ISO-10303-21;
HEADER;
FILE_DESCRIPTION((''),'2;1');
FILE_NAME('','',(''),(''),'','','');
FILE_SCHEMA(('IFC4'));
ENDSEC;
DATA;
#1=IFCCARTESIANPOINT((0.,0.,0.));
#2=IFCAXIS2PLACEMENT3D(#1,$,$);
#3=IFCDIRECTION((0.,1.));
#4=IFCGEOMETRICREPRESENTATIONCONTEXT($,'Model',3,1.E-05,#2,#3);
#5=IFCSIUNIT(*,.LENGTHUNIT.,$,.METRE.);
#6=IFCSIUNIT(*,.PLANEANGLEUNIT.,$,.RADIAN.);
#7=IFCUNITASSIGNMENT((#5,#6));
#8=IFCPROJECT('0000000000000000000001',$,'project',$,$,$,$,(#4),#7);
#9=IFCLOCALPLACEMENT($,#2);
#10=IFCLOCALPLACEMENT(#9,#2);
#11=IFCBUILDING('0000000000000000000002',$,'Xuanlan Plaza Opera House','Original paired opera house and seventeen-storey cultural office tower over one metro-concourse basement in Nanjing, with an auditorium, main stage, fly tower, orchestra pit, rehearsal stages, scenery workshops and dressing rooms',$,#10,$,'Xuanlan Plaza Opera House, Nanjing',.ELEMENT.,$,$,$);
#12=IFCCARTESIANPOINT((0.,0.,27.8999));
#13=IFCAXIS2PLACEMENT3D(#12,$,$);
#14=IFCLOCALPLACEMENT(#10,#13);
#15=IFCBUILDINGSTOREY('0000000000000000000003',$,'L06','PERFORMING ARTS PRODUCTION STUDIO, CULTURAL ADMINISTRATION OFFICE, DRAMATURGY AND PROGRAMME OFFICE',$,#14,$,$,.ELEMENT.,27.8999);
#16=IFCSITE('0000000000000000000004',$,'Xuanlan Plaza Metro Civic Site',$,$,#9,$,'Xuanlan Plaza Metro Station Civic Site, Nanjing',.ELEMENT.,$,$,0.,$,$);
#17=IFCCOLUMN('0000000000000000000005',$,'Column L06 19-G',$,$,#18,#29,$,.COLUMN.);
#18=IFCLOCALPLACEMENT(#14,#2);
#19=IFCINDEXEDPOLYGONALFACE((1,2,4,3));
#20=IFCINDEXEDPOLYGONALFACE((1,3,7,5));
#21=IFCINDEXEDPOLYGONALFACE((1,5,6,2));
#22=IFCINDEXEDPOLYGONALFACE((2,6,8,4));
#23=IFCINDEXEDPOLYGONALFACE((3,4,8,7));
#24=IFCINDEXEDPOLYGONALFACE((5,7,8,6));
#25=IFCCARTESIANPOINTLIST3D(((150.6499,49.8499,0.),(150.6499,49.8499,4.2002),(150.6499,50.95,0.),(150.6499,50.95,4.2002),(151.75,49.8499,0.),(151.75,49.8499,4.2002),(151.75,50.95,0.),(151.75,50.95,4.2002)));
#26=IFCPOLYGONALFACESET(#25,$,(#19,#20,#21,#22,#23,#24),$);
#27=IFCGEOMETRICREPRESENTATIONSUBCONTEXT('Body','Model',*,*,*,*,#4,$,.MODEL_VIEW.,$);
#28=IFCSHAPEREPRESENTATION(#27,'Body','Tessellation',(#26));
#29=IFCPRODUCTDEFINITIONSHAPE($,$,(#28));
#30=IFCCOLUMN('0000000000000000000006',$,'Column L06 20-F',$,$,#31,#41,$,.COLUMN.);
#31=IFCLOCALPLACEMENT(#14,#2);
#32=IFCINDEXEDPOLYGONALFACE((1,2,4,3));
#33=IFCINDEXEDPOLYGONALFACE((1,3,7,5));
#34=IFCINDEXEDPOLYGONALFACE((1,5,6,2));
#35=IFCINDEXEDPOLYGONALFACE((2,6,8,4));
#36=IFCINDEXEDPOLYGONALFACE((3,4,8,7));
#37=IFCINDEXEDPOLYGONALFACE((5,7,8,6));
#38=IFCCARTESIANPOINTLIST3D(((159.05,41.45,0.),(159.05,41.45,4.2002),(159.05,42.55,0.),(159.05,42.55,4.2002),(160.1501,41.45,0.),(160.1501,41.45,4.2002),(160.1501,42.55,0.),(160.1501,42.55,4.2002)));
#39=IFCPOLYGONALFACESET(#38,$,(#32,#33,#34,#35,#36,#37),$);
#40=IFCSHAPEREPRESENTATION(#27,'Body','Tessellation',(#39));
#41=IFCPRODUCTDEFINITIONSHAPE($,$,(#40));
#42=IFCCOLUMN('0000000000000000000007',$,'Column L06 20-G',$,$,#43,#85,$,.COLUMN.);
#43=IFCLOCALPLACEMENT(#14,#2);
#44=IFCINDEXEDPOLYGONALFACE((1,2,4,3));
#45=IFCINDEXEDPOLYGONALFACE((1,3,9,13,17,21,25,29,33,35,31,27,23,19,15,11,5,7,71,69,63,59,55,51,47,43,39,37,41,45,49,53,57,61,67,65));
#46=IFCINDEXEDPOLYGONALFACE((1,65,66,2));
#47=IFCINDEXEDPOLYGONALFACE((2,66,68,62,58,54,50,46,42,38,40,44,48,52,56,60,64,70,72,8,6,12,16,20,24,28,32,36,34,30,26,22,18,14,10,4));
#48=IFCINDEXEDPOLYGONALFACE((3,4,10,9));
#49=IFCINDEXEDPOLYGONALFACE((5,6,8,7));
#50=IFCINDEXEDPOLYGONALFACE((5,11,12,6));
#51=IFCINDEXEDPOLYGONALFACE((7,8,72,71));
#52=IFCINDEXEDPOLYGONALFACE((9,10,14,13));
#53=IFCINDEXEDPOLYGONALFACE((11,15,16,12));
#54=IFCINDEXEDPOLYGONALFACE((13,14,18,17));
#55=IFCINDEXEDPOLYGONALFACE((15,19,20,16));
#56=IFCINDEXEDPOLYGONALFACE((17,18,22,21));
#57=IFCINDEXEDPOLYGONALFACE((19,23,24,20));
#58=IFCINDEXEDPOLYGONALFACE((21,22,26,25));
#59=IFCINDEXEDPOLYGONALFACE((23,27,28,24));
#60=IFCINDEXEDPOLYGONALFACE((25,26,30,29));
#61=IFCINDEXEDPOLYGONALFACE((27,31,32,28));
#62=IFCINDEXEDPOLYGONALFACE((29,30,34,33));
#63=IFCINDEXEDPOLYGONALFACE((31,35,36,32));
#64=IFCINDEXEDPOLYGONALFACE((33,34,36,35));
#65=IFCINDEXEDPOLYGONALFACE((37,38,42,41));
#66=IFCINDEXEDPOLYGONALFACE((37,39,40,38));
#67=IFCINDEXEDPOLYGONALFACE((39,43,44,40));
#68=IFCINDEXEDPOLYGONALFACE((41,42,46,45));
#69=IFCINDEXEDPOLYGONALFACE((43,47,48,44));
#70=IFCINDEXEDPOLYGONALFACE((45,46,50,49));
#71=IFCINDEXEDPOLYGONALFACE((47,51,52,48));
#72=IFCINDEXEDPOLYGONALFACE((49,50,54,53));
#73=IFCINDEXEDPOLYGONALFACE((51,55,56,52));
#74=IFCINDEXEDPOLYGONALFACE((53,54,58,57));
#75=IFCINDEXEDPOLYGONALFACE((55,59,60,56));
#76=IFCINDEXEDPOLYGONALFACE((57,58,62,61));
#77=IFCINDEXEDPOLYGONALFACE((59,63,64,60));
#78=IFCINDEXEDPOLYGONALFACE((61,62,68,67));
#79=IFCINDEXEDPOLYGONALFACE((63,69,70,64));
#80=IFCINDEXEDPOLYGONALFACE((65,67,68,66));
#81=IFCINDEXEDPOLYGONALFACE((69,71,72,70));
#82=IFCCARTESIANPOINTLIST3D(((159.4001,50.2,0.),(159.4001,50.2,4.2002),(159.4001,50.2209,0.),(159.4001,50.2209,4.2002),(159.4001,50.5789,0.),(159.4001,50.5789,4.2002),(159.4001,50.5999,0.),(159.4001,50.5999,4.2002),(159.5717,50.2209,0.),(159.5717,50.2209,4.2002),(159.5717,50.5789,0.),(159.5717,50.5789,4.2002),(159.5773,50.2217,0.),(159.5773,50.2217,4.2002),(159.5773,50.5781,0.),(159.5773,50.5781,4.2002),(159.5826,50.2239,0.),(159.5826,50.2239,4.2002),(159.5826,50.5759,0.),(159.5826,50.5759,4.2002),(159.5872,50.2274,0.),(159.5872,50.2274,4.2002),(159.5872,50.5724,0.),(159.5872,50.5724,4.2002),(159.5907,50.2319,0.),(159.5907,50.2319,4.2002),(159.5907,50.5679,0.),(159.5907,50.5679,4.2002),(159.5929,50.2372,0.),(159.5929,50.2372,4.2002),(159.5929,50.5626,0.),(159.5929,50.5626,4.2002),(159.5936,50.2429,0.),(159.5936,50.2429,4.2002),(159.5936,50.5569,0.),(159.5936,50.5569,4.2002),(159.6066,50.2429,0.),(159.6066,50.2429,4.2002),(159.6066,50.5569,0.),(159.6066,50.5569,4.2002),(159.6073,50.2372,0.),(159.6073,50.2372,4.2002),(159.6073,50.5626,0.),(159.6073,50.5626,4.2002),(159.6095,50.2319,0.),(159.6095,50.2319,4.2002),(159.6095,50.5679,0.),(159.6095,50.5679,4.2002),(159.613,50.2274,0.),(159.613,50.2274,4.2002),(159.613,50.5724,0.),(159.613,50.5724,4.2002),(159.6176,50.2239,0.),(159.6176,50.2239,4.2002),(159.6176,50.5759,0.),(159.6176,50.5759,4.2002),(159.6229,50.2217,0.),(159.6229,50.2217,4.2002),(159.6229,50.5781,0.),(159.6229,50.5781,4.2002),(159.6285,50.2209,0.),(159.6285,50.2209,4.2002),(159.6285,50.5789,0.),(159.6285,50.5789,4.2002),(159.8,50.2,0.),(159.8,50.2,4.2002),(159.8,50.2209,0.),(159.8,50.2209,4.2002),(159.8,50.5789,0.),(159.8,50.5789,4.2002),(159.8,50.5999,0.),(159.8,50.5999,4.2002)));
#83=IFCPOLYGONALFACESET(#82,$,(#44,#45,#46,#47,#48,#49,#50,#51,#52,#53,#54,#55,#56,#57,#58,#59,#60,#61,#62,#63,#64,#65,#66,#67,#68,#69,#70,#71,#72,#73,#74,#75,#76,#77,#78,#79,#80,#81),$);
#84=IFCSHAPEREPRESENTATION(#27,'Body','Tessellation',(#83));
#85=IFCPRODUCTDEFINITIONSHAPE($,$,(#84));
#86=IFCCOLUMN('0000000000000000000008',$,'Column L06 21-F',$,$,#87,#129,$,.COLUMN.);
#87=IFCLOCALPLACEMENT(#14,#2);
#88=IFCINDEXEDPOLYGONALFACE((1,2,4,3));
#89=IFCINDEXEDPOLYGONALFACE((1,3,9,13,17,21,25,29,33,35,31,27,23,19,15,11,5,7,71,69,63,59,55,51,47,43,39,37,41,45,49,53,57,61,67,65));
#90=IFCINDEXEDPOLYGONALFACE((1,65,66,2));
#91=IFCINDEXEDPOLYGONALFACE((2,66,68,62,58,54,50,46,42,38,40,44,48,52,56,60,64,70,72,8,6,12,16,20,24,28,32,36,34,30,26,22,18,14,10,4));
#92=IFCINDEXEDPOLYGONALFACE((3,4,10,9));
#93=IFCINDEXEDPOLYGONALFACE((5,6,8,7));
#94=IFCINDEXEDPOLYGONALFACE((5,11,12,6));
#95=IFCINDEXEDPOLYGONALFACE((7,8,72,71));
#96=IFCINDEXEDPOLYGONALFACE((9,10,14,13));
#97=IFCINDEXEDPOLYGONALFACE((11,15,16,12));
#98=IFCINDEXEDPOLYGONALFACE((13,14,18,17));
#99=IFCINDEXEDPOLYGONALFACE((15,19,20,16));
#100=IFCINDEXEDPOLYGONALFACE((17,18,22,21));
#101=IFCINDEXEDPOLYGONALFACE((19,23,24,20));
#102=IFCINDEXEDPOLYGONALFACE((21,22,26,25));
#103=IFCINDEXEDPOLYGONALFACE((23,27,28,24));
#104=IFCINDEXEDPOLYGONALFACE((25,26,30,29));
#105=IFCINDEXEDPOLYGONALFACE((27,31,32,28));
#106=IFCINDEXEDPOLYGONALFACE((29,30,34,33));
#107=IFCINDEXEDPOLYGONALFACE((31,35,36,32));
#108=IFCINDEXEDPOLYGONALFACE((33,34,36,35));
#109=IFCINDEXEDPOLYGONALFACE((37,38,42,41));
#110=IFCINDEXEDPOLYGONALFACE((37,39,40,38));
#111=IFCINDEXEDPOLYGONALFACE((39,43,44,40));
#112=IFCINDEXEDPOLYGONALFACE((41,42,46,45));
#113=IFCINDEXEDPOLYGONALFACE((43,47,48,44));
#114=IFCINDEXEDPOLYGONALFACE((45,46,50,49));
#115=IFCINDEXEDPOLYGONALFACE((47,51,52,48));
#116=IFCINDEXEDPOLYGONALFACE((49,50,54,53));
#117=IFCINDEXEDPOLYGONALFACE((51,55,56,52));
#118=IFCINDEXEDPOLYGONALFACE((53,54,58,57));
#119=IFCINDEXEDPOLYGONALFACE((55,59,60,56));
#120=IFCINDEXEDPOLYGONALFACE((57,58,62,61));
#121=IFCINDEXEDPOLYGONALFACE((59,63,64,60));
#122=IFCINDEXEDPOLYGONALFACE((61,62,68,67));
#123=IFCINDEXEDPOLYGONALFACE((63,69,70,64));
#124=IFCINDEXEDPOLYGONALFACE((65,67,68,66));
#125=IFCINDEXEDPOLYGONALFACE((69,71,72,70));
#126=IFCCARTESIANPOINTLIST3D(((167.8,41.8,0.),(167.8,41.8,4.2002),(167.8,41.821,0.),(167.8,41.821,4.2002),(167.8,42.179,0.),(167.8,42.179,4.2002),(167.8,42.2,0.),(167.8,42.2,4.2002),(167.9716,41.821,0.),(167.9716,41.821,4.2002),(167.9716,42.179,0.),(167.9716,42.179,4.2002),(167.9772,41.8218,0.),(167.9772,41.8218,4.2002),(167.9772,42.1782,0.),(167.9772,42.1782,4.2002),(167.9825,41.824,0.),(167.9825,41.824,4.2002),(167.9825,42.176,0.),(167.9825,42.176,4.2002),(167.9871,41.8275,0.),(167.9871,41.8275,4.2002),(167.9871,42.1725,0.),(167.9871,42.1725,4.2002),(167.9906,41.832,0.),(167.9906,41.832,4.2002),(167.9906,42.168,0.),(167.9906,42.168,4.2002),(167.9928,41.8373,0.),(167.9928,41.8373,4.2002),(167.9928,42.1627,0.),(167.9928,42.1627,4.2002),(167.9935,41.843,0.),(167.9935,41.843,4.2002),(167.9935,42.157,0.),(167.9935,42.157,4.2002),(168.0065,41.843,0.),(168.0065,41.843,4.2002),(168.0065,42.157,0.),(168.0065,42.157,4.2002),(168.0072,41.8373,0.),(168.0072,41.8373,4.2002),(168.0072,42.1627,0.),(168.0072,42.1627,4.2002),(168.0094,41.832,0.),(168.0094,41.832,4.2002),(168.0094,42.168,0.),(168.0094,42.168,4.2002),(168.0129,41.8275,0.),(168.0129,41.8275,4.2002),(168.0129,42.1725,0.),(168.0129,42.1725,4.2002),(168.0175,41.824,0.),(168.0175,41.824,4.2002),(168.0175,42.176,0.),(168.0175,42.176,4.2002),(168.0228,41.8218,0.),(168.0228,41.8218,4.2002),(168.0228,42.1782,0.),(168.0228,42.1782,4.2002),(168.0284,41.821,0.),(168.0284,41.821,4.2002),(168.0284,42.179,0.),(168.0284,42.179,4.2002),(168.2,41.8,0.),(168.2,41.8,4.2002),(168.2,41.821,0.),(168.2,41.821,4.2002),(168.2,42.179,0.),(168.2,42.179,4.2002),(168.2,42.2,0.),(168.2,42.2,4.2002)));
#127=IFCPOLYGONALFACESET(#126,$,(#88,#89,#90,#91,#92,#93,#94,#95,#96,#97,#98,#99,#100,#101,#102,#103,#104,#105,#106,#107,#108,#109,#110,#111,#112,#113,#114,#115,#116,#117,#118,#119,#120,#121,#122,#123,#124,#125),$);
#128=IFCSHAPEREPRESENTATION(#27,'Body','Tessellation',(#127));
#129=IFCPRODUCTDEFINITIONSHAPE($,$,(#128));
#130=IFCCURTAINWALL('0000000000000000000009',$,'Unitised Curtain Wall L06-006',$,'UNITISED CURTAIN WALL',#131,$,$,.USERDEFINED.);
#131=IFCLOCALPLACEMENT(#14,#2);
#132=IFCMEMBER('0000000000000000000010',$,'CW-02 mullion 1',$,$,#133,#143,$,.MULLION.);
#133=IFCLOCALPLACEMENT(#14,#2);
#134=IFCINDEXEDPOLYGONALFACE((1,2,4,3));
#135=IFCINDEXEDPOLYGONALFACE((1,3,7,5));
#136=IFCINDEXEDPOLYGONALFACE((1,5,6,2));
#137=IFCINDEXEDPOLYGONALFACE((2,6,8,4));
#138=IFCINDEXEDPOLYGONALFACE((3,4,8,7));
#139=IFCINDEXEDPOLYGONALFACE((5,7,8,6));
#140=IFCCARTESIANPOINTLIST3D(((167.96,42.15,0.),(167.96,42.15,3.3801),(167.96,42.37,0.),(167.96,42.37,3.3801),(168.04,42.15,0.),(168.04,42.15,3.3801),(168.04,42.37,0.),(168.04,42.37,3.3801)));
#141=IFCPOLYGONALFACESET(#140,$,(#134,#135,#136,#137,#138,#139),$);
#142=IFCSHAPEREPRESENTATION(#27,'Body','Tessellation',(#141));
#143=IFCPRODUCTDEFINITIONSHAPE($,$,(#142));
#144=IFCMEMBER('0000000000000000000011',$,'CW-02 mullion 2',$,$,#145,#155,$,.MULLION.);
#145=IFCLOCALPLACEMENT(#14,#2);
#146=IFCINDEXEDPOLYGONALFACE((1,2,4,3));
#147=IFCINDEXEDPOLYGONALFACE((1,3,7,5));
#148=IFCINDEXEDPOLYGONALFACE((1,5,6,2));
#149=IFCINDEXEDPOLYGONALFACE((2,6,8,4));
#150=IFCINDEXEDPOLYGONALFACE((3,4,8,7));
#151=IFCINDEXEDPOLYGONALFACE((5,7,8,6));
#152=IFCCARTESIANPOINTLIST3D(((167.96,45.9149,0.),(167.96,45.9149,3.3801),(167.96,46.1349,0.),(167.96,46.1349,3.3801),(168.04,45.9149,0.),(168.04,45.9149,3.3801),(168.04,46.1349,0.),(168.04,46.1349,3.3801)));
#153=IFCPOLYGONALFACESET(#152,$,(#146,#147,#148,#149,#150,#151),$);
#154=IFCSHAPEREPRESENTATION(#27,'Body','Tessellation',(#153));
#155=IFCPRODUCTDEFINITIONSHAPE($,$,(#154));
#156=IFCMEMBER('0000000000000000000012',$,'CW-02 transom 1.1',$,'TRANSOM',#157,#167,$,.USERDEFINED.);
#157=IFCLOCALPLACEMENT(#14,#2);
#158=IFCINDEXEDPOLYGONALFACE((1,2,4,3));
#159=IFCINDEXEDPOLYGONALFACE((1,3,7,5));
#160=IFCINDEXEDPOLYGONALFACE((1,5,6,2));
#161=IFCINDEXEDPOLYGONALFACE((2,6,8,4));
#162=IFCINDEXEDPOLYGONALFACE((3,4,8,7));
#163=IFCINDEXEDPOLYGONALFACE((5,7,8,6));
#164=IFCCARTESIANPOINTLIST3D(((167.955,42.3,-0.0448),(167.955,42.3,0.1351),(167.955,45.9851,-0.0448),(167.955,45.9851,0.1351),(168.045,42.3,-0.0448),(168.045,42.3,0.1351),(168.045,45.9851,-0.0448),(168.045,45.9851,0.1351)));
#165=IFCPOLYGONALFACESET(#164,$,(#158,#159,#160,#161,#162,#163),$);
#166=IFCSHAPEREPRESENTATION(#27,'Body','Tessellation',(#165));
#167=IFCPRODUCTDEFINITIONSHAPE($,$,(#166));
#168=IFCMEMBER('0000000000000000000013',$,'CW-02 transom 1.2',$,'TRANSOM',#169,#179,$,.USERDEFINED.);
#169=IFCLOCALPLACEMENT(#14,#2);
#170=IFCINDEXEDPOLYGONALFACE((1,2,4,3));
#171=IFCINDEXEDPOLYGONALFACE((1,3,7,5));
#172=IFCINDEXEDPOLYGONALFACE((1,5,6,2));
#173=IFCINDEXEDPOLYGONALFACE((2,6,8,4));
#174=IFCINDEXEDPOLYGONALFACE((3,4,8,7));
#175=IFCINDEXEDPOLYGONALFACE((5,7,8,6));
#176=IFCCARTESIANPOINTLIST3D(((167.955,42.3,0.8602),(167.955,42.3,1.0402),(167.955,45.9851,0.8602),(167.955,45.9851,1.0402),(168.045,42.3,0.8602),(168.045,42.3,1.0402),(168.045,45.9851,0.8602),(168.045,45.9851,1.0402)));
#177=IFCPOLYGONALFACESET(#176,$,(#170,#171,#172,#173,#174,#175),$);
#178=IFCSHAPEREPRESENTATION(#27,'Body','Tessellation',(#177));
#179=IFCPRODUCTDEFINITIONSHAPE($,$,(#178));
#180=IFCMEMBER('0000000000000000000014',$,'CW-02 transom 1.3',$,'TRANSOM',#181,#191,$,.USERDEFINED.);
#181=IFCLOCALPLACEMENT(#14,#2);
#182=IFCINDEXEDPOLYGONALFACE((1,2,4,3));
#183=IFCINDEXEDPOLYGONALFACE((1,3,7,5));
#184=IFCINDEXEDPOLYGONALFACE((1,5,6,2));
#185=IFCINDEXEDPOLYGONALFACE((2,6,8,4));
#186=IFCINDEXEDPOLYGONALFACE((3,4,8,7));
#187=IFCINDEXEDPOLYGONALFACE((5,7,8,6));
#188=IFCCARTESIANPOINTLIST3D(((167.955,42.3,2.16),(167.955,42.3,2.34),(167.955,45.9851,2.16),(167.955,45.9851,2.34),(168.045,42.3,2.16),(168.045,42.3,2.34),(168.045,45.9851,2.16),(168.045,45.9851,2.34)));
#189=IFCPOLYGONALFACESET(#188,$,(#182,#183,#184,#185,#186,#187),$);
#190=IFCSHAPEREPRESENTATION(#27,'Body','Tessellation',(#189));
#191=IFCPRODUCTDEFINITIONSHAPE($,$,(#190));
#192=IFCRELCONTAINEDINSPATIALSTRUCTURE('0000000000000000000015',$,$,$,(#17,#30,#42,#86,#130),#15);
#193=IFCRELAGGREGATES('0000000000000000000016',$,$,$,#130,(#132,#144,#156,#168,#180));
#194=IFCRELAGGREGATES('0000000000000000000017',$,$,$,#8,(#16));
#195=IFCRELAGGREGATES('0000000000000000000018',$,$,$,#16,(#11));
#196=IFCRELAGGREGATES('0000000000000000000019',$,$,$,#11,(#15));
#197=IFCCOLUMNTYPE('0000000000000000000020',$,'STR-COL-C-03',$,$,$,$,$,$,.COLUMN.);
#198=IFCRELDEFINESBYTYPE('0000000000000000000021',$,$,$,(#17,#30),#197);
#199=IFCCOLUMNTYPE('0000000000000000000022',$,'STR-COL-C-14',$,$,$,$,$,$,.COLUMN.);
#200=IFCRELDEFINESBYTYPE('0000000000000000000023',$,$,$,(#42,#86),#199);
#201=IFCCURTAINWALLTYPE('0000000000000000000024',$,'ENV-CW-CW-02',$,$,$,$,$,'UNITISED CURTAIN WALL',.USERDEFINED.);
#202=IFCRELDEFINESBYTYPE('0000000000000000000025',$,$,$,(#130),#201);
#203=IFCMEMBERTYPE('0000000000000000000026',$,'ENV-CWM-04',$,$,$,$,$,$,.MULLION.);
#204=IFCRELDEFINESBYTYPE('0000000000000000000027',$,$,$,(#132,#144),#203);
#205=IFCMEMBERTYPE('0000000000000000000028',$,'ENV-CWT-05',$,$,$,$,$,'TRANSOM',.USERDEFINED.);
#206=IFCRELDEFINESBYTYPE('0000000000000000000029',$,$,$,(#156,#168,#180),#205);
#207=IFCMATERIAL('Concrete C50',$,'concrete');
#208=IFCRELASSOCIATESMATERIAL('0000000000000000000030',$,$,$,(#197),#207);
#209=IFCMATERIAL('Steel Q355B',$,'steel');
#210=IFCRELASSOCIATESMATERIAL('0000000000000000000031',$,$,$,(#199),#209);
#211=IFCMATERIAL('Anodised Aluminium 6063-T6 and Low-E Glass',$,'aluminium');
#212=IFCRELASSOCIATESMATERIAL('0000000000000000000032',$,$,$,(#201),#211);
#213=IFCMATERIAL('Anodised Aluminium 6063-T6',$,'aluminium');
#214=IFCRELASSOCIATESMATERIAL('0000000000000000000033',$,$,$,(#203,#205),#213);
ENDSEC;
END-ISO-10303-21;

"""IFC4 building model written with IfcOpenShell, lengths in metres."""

from ifc_helpers import new_model, si_unit, direction, frame, origin, origin_2d, place, context, subcontext, project, spatial, rectangle, i_section, extrude, material, material_profile, profile_set, type_object, element, aggregate, save


model = new_model("IFC4")

# Units and contexts
model_context = context("Model", 3, precision=1e-05, world=origin(), true_north=direction((0.0, 1.0)))
body_context = subcontext(model_context, "Body", "Model", "MODEL_VIEW")
ifc_project = project(units=[si_unit("LENGTHUNIT", "METRE"), si_unit("PLANEANGLEUNIT", "RADIAN")], contexts=[model_context])

# Site, building, storey
site_placement = place(None, origin())
site = spatial("IfcSite", under=ifc_project, at=site_placement, Name="Xuanlan Plaza Metro Civic Site", LongName="Xuanlan Plaza Metro Station Civic Site, Nanjing", CompositionType="ELEMENT", RefElevation=0.0)
building_placement = place(site_placement, origin())
building = spatial("IfcBuilding", under=site, at=building_placement, Name="Xuanlan Plaza Opera House", Description="Original paired opera house and seventeen-storey cultural office tower over one metro-concourse basement in Nanjing, with an auditorium, main stage, fly tower, orchestra pit, rehearsal stages, scenery workshops and dressing rooms", LongName="Xuanlan Plaza Opera House, Nanjing", CompositionType="ELEMENT")
storey_placement = place(building_placement, frame((0.0, 0.0, 27.8999)))
storey = spatial("IfcBuildingStorey", under=building, at=storey_placement, Name="L06", Description="PERFORMING ARTS PRODUCTION STUDIO, CULTURAL ADMINISTRATION OFFICE, DRAMATURGY AND PROGRAMME OFFICE", CompositionType="ELEMENT", Elevation=27.8999)

# Columns
ifc_material_1 = material(Name="Concrete C50", Category="concrete")
ifc_material_profile_1 = material_profile(ifc_material_1, rectangle(XDim=1.1001, YDim=1.1001, at=origin_2d()), Name="RC-COL 1100x1100")
ifc_profile_set_1 = profile_set([ifc_material_profile_1], Name="Concrete C50")
column_type_1 = type_object("IfcColumnType", Name="STR-COL-C-03", PredefinedType="COLUMN", material=ifc_profile_set_1)
for number, where, z_axis, x_axis, name in (
    (1, (151.2, 50.3999, 0.0), (0.0, 0.0, 1.0), (1.0, 0.0, 0.0), "Column L06 19-G"),
    (2, (159.6001, 42.0, 0.0), (0.0, 0.0, 1.0), (1.0, 0.0, 0.0), "Column L06 20-F"),
):
    element("IfcColumn", number, at=place(storey_placement, frame(where, z_axis=z_axis, x_axis=x_axis)), inside=storey, type_object=column_type_1, Name=name, PredefinedType="COLUMN", context=body_context, shape_type="SweptSolid", body=[
        extrude(rectangle(XDim=1.1001, YDim=1.1001, at=origin_2d()), origin(), (0.0, 0.0, 1.0), 4.2002),
    ])
ifc_material_2 = material(Name="Steel Q355B", Category="steel")
ifc_material_profile_2 = material_profile(ifc_material_2, i_section(OverallWidth=0.3999, OverallDepth=0.3999, WebThickness=0.0129, FlangeThickness=0.021, FilletRadius=0.022, at=origin_2d()), Name="HW 400x400x13x21")
ifc_profile_set_2 = profile_set([ifc_material_profile_2], Name="Steel Q355B")
column_type_2 = type_object("IfcColumnType", Name="STR-COL-C-14", PredefinedType="COLUMN", material=ifc_profile_set_2)
for number, where, z_axis, x_axis, name in (
    (3, (159.6001, 50.3999, 0.0), (0.0, 0.0, 1.0), (1.0, 0.0, 0.0), "Column L06 20-G"),
    (4, (168.0, 42.0, 0.0), (0.0, 0.0, 1.0), (1.0, 0.0, 0.0), "Column L06 21-F"),
):
    element("IfcColumn", number, at=place(storey_placement, frame(where, z_axis=z_axis, x_axis=x_axis)), inside=storey, type_object=column_type_2, Name=name, PredefinedType="COLUMN", context=body_context, shape_type="SweptSolid", body=[
        extrude(i_section(OverallWidth=0.3999, OverallDepth=0.3999, WebThickness=0.0129, FlangeThickness=0.021, FilletRadius=0.022, at=origin_2d()), origin(), (0.0, 0.0, 1.0), 4.2002),
    ])

# Curtain wall, members
ifc_material_3 = material(Name="Anodised Aluminium 6063-T6 and Low-E Glass", Category="aluminium")
curtain_wall_type = type_object("IfcCurtainWallType", Name="ENV-CW-CW-02", ElementType="UNITISED CURTAIN WALL", PredefinedType="USERDEFINED", material=ifc_material_3)
curtain_wall_placement = place(storey_placement, origin())
curtain_wall = element("IfcCurtainWall", 5, at=curtain_wall_placement, inside=storey, type_object=curtain_wall_type, Name="Unitised Curtain Wall L06-006", ObjectType="UNITISED CURTAIN WALL", PredefinedType="USERDEFINED")
ifc_material_4 = material(Name="Anodised Aluminium 6063-T6", Category="aluminium")
ifc_material_profile_3 = material_profile(ifc_material_4, rectangle(XDim=0.0801, YDim=0.22, at=origin_2d()), Name="ALU-M 80x220")
ifc_profile_set_3 = profile_set([ifc_material_profile_3], Name="Anodised Aluminium 6063-T6")
member_type_1 = type_object("IfcMemberType", Name="ENV-CWM-04", PredefinedType="MULLION", material=ifc_profile_set_3)
member_1_placement = place(storey_placement, frame((168.0, 42.26, 0.0), z_axis=(0.0, 0.0, 1.0), x_axis=(-1.0, 0.0, 0.0)))
member_1 = element("IfcMember", 6, at=member_1_placement, type_object=member_type_1, Name="CW-02 mullion 1", PredefinedType="MULLION", context=body_context, shape_type="SweptSolid", body=[
    extrude(rectangle(XDim=0.0801, YDim=0.22, at=origin_2d()), origin(), (0.0, 0.0, 1.0), 3.3801),
])
member_2_placement = place(storey_placement, frame((168.0, 46.0249, 0.0), z_axis=(0.0, 0.0, 1.0), x_axis=(-1.0, 0.0, 0.0)))
member_2 = element("IfcMember", 7, at=member_2_placement, type_object=member_type_1, Name="CW-02 mullion 2", PredefinedType="MULLION", context=body_context, shape_type="SweptSolid", body=[
    extrude(rectangle(XDim=0.0801, YDim=0.22, at=origin_2d()), origin(), (0.0, 0.0, 1.0), 3.3801),
])
ifc_material_profile_4 = material_profile(ifc_material_4, rectangle(XDim=0.0901, YDim=0.1799, at=origin_2d()), Name="ALU-T 90x180")
ifc_profile_set_4 = profile_set([ifc_material_profile_4], Name="Anodised Aluminium 6063-T6")
member_type_2 = type_object("IfcMemberType", Name="ENV-CWT-05", ElementType="TRANSOM", PredefinedType="USERDEFINED", material=ifc_profile_set_4)
member_3_placement = place(storey_placement, frame((168.0, 42.3, 0.0452), z_axis=(0.0, 1.0, 0.0), x_axis=(-1.0, 0.0, 0.0)))
member_3 = element("IfcMember", 8, at=member_3_placement, type_object=member_type_2, Name="CW-02 transom 1.1", ObjectType="TRANSOM", PredefinedType="USERDEFINED", context=body_context, shape_type="SweptSolid", body=[
    extrude(rectangle(XDim=0.0901, YDim=0.1799, at=origin_2d()), origin(), (0.0, 0.0, 1.0), 3.6851),
])
member_4_placement = place(storey_placement, frame((168.0, 42.3, 0.9502), z_axis=(0.0, 1.0, 0.0), x_axis=(-1.0, 0.0, 0.0)))
member_4 = element("IfcMember", 9, at=member_4_placement, type_object=member_type_2, Name="CW-02 transom 1.2", ObjectType="TRANSOM", PredefinedType="USERDEFINED", context=body_context, shape_type="SweptSolid", body=[
    extrude(rectangle(XDim=0.0901, YDim=0.1799, at=origin_2d()), origin(), (0.0, 0.0, 1.0), 3.6851),
])
member_5_placement = place(storey_placement, frame((168.0, 42.3, 2.25), z_axis=(0.0, 1.0, 0.0), x_axis=(-1.0, 0.0, 0.0)))
member_5 = element("IfcMember", 10, at=member_5_placement, type_object=member_type_2, Name="CW-02 transom 1.3", ObjectType="TRANSOM", PredefinedType="USERDEFINED", context=body_context, shape_type="SweptSolid", body=[
    extrude(rectangle(XDim=0.0901, YDim=0.1799, at=origin_2d()), origin(), (0.0, 0.0, 1.0), 3.6851),
])

aggregate(curtain_wall, [member_1, member_2, member_3, member_4, member_5])

save(model, "model.ifc")
